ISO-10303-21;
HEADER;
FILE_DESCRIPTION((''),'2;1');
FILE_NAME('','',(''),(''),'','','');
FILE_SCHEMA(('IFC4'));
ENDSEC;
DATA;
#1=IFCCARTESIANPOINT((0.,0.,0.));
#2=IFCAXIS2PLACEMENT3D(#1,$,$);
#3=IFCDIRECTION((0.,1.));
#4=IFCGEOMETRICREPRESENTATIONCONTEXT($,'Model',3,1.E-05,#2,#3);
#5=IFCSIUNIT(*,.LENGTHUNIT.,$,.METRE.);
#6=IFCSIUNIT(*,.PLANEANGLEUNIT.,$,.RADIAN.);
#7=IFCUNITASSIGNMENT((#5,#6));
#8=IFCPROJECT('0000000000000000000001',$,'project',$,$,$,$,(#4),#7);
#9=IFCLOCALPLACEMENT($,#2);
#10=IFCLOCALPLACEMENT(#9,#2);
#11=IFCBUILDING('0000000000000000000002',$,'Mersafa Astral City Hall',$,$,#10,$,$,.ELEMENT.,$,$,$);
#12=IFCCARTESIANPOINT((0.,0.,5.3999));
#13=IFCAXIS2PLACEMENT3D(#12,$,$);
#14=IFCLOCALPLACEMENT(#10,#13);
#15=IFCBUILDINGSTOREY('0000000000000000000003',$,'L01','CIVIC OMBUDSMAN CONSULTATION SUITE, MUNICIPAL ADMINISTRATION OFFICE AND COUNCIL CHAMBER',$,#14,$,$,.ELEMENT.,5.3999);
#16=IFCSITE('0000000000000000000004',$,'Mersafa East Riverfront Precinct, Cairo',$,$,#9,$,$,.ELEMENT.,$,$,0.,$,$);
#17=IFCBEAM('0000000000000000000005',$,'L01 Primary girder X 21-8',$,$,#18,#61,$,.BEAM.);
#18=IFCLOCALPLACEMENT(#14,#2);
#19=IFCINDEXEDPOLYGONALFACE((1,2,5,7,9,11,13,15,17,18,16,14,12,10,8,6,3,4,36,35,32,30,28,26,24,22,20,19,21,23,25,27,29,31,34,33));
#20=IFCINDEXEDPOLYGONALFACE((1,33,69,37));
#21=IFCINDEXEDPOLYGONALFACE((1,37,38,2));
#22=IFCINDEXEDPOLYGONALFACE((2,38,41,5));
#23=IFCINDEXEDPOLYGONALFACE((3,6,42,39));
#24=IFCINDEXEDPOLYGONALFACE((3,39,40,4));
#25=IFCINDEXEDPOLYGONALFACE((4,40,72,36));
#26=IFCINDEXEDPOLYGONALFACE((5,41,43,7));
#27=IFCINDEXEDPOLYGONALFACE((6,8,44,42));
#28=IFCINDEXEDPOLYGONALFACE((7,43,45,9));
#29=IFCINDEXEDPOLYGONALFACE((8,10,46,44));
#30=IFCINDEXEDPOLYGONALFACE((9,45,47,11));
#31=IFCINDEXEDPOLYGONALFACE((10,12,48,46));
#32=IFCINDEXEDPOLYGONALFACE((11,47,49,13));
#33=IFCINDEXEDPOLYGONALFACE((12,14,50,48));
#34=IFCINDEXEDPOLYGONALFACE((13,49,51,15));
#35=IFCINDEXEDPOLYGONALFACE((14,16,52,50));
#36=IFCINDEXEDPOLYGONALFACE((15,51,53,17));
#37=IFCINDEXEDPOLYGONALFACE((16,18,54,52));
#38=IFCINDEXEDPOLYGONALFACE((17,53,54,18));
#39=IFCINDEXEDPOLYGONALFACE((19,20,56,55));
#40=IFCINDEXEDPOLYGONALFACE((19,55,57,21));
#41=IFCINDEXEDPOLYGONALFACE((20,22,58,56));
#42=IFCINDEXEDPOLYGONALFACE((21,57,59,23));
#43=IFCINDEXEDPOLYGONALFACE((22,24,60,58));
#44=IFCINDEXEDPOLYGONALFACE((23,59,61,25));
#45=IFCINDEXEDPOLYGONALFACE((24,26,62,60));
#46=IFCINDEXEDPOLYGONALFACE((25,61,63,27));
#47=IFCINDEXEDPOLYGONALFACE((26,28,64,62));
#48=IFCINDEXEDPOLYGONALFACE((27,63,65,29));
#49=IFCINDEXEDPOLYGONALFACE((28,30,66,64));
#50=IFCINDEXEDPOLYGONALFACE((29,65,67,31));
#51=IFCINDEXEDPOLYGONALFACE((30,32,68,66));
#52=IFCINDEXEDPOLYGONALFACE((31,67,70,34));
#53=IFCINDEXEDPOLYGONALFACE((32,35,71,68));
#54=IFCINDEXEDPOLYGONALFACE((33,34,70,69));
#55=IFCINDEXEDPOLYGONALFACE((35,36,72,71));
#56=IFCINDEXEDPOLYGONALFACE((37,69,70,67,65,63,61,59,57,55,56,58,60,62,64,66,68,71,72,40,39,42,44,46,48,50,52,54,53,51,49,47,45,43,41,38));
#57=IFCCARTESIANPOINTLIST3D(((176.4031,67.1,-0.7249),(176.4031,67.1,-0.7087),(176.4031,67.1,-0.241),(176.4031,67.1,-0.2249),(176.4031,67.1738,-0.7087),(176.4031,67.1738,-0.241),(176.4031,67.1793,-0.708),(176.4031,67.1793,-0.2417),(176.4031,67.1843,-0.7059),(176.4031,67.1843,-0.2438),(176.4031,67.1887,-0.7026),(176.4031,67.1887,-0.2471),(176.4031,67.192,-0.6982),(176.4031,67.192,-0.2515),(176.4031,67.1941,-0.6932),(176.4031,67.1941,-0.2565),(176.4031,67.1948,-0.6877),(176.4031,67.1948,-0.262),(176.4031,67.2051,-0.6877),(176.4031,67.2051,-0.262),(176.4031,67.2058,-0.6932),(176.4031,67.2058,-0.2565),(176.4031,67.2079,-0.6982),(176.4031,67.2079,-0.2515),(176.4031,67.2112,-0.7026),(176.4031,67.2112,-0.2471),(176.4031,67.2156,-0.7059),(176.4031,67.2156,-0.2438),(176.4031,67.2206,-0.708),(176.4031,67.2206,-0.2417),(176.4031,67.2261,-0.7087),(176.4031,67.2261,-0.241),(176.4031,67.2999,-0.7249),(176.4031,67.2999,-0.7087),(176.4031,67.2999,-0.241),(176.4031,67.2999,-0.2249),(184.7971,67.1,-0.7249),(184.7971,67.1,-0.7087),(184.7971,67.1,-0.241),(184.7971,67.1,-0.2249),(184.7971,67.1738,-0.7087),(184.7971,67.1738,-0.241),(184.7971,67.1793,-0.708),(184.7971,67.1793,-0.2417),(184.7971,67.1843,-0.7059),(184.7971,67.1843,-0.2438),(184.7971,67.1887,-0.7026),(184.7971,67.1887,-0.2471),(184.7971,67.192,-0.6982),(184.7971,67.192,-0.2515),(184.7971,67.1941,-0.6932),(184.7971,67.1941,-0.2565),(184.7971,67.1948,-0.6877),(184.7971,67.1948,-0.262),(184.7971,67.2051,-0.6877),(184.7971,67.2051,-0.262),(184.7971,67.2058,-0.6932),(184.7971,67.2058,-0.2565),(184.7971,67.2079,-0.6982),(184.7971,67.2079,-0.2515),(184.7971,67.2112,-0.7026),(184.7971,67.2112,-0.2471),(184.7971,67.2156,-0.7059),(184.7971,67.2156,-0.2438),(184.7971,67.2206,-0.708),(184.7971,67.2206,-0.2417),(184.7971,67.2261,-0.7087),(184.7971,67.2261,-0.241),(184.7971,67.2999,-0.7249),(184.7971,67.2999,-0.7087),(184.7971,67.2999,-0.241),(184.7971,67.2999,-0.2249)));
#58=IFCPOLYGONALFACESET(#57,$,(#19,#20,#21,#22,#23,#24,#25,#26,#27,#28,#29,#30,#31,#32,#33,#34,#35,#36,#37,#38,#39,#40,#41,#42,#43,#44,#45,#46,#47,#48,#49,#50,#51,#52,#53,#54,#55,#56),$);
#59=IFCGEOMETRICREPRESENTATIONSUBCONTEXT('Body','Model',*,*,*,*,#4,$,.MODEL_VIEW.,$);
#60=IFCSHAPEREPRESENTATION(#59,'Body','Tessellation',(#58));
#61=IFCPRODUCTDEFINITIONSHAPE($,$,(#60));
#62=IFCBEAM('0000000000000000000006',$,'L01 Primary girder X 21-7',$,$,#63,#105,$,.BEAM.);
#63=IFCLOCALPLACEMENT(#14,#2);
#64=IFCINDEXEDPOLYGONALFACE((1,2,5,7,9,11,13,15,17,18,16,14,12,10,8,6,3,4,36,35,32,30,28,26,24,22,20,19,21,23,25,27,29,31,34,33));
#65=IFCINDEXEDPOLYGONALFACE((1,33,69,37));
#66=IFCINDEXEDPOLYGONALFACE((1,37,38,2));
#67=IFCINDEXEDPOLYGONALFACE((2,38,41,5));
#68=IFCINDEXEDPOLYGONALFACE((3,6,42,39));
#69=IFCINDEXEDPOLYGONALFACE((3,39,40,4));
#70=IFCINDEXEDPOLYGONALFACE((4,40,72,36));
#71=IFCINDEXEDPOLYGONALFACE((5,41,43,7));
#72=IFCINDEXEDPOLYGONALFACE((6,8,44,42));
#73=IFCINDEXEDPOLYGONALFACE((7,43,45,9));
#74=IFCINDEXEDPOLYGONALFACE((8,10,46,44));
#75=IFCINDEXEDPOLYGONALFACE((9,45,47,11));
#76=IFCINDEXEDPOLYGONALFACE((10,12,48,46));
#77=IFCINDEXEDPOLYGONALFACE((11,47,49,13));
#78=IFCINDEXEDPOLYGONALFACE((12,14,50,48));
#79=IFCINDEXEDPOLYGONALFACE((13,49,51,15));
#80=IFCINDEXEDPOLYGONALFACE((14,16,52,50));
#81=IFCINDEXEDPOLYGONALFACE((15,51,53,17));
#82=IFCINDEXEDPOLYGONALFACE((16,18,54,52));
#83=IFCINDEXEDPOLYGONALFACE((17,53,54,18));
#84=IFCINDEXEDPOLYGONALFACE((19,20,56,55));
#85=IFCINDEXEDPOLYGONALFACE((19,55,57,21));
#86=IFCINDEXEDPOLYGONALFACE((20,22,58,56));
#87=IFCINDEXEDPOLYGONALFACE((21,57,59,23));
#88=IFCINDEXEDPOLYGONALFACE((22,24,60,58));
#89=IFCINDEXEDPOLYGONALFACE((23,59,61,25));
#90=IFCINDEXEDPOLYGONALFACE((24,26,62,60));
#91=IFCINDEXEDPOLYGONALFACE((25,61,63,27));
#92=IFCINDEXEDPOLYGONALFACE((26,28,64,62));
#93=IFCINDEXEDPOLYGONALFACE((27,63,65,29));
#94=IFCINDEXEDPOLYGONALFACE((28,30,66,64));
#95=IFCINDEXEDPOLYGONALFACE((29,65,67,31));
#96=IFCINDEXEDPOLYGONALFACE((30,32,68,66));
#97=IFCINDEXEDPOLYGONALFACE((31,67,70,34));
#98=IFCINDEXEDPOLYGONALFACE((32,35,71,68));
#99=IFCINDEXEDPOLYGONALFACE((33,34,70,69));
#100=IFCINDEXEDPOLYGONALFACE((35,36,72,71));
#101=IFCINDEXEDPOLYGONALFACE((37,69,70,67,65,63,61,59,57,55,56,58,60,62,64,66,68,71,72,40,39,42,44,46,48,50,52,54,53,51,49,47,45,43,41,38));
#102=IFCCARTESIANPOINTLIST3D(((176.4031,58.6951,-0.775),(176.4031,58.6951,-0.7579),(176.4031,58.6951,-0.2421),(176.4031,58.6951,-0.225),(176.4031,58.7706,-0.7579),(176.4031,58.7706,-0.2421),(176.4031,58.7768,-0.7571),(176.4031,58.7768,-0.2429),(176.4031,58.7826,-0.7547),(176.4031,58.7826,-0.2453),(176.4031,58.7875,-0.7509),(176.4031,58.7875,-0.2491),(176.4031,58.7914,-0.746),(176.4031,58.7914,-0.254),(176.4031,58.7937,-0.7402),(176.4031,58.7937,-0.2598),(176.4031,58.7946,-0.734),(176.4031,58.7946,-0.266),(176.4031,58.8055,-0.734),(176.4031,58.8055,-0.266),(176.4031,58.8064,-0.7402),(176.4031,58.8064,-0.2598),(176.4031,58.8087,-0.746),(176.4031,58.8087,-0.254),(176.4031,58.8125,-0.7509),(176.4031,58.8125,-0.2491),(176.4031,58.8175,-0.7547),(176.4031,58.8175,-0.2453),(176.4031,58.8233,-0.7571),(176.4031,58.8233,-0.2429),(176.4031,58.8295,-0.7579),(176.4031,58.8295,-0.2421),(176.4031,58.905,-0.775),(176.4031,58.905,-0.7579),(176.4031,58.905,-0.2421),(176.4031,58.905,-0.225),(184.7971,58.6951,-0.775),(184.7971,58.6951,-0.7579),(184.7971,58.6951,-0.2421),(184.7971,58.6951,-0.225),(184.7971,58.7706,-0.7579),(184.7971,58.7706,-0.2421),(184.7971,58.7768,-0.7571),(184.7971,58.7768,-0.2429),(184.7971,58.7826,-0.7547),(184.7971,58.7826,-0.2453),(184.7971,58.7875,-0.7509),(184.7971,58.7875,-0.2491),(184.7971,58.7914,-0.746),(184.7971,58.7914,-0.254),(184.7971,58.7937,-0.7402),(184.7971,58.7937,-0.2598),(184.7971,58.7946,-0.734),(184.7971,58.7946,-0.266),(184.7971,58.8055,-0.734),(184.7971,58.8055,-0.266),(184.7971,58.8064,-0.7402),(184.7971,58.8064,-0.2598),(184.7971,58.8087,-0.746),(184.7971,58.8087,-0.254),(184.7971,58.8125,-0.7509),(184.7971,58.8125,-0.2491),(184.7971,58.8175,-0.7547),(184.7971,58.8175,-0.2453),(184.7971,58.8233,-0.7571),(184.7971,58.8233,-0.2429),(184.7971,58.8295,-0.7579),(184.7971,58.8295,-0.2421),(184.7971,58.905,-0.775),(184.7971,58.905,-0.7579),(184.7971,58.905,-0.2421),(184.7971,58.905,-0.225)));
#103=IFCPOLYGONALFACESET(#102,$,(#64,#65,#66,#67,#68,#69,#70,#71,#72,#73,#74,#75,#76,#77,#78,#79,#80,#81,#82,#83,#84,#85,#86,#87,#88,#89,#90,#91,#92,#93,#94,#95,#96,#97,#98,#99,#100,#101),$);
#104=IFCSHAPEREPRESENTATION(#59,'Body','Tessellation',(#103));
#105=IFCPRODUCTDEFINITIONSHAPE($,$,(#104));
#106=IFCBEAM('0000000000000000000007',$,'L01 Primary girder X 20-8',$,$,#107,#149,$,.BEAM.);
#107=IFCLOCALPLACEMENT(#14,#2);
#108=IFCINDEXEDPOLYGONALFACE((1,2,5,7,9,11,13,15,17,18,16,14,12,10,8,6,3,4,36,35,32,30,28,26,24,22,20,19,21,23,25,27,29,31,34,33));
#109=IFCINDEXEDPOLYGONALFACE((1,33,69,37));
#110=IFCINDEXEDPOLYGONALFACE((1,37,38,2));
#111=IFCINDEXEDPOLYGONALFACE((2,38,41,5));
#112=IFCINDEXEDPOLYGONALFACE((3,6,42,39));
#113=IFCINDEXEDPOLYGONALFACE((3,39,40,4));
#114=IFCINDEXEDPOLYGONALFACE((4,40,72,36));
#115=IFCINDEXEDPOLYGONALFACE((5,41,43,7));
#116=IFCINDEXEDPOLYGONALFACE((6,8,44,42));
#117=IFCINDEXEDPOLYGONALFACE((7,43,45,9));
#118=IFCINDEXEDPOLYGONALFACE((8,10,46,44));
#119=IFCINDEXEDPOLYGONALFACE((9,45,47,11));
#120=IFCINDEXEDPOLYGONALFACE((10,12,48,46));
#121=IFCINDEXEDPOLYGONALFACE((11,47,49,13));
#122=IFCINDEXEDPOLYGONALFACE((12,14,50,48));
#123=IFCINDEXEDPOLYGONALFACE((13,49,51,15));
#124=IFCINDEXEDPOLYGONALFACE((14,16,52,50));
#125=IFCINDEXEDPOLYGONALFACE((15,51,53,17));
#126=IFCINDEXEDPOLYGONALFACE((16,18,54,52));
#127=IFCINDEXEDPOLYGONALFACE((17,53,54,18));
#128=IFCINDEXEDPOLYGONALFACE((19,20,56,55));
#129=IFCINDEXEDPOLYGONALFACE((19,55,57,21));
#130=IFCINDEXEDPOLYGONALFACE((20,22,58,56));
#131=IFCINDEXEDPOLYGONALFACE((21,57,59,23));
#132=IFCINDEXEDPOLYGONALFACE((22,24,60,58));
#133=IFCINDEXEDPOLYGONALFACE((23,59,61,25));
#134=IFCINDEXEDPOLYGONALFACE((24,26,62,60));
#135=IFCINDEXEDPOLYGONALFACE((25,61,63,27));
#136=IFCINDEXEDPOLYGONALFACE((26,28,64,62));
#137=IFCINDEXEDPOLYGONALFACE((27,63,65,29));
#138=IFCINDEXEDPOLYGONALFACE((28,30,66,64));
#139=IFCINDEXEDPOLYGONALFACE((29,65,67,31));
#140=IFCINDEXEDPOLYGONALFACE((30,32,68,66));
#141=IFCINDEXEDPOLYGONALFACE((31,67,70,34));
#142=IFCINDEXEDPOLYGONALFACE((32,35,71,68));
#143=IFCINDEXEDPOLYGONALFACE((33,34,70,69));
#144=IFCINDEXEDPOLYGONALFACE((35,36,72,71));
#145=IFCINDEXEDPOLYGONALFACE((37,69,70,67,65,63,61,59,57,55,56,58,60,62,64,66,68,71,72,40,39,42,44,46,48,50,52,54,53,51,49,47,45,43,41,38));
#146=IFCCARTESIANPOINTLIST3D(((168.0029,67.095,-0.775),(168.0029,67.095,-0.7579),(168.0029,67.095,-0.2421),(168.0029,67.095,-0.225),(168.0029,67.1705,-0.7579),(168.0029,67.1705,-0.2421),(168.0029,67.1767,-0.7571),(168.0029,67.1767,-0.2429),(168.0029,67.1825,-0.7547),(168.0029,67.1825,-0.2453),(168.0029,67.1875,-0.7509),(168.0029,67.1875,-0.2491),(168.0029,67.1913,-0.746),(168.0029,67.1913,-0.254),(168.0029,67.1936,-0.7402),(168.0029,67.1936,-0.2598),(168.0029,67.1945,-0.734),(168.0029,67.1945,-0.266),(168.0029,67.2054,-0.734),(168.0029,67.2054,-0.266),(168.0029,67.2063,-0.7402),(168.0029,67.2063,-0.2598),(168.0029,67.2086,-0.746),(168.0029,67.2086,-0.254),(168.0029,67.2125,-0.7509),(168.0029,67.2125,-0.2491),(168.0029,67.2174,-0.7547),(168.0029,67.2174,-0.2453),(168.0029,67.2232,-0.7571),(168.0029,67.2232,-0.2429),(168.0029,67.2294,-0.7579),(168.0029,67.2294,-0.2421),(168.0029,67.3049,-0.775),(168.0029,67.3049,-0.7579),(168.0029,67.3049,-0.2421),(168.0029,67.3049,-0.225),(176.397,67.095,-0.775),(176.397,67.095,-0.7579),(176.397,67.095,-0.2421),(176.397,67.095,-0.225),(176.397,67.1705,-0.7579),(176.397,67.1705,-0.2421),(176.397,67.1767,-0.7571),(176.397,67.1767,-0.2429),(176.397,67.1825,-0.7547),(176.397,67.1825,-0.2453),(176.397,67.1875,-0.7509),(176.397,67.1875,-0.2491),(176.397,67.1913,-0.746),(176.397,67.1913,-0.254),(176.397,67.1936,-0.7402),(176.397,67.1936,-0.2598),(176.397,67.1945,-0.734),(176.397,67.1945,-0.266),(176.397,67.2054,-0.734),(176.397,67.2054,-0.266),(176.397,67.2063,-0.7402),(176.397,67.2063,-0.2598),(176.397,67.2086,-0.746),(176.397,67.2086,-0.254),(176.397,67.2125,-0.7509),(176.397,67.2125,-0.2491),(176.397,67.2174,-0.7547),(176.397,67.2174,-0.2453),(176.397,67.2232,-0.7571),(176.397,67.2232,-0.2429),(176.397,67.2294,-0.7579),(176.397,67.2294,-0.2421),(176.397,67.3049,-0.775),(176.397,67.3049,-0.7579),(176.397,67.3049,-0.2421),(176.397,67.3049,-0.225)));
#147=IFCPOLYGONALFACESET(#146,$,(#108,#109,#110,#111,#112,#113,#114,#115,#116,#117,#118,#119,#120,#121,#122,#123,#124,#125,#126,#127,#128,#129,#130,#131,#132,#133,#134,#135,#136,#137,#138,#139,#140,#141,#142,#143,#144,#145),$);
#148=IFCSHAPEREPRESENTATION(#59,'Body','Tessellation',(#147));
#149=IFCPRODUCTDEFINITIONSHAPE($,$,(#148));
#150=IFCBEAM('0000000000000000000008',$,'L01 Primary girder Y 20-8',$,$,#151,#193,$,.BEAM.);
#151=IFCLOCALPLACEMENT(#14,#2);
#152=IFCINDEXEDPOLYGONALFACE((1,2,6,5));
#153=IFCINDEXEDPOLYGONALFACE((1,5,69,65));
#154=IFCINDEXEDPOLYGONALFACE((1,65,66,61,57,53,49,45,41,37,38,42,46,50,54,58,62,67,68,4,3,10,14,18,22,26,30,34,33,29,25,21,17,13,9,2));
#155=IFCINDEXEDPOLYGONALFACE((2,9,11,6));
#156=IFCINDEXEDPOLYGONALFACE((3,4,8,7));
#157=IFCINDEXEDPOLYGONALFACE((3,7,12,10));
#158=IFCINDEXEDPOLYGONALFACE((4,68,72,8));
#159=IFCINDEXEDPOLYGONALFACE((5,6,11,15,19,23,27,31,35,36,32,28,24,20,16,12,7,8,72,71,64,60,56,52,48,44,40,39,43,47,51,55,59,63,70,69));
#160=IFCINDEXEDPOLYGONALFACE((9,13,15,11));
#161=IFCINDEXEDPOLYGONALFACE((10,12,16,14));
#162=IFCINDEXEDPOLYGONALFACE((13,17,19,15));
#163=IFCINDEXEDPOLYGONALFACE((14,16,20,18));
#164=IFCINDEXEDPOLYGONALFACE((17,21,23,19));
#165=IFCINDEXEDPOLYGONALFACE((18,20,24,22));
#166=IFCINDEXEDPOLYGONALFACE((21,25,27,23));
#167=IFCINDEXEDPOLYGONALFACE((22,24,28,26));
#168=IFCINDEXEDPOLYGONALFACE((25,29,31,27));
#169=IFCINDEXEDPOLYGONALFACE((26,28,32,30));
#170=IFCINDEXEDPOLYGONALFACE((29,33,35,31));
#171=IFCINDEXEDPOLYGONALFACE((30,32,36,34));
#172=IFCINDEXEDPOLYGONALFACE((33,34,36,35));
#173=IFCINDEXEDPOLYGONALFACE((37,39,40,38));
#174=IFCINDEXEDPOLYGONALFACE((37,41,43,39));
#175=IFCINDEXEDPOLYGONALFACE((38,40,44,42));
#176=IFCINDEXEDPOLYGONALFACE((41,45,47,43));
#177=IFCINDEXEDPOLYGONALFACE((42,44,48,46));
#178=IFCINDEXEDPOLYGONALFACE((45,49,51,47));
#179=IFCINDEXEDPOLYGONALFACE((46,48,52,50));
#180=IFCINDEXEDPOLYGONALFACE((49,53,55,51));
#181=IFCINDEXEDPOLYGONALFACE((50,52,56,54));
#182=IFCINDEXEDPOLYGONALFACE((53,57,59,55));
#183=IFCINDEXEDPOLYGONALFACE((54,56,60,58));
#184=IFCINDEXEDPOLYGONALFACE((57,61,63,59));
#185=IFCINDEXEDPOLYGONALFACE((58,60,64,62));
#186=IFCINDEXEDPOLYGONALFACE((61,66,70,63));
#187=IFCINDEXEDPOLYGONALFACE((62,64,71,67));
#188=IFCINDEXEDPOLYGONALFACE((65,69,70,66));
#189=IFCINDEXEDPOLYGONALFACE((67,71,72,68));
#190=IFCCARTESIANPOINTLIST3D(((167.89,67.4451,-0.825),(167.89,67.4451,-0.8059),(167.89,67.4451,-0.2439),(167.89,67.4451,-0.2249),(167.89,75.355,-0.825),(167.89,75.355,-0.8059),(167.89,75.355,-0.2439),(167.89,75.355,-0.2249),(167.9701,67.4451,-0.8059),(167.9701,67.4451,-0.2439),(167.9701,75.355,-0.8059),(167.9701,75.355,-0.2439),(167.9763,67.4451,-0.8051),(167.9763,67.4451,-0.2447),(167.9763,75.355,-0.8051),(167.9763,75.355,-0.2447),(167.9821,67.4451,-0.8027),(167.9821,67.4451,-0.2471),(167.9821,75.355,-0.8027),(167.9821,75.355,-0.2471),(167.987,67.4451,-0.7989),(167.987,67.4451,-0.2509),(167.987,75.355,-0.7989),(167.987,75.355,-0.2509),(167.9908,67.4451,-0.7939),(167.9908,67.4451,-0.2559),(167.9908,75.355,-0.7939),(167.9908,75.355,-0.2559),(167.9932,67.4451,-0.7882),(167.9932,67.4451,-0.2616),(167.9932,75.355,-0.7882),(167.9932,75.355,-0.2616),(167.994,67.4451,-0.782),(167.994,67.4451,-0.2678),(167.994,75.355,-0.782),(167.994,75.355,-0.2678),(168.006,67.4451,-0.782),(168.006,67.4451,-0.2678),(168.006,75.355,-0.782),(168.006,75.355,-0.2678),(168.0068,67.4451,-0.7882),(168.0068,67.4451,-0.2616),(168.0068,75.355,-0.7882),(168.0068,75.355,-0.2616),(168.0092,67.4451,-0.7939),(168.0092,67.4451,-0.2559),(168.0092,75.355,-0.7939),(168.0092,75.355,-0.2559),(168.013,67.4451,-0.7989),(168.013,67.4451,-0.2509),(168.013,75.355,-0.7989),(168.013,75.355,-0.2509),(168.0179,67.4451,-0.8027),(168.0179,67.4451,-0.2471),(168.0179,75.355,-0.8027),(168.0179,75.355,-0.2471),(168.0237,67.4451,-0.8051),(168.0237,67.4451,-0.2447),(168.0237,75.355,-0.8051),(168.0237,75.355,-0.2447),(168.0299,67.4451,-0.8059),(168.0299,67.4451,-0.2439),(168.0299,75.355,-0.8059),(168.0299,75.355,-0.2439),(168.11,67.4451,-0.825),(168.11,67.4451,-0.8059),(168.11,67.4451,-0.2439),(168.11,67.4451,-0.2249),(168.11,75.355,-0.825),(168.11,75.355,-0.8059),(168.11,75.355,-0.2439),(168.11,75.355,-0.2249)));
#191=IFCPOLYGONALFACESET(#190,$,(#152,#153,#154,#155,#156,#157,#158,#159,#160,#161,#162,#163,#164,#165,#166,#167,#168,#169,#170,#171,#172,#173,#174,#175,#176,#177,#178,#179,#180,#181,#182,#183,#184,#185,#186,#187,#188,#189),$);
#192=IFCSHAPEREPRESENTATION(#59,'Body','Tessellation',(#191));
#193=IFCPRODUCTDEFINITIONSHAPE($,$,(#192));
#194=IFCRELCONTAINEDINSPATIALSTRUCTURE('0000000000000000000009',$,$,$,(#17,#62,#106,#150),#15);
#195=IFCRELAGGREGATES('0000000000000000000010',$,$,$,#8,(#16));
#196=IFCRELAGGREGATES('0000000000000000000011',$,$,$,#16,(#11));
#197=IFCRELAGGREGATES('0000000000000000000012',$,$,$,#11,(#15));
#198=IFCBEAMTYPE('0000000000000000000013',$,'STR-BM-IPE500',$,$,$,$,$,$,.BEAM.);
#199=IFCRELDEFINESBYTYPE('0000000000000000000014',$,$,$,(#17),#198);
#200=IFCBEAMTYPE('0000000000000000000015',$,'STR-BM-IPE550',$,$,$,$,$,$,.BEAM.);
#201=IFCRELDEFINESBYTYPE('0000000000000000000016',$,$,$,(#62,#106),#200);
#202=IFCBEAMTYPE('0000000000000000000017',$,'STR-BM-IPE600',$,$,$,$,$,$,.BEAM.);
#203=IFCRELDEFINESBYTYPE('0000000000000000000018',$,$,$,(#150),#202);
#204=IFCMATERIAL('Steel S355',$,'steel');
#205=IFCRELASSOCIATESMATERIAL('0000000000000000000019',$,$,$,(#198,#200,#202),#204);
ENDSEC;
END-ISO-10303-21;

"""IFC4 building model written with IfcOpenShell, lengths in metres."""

from ifc_helpers import new_model, si_unit, direction, frame, origin, origin_2d, place, context, subcontext, project, spatial, i_section, extrude, material, material_profile, profile_set, type_object, element, save


model = new_model("IFC4")

# Units and contexts
model_context = context("Model", 3, precision=1e-05, world=origin(), true_north=direction((0.0, 1.0)))
body_context = subcontext(model_context, "Body", "Model", "MODEL_VIEW")
ifc_project = project(units=[si_unit("LENGTHUNIT", "METRE"), si_unit("PLANEANGLEUNIT", "RADIAN")], contexts=[model_context])

# Site, building, storey
site_placement = place(None, origin())
site = spatial("IfcSite", under=ifc_project, at=site_placement, Name="Mersafa East Riverfront Precinct, Cairo", CompositionType="ELEMENT", RefElevation=0.0)
building_placement = place(site_placement, origin())
building = spatial("IfcBuilding", under=site, at=building_placement, Name="Mersafa Astral City Hall", CompositionType="ELEMENT")
storey_placement = place(building_placement, frame((0.0, 0.0, 5.3999)))
storey = spatial("IfcBuildingStorey", under=building, at=storey_placement, Name="L01", Description="CIVIC OMBUDSMAN CONSULTATION SUITE, MUNICIPAL ADMINISTRATION OFFICE AND COUNCIL CHAMBER", CompositionType="ELEMENT", Elevation=5.3999)

# Shared definitions
ifc_material_1 = material(Name="Steel S355", Category="steel")

# Beams
ifc_material_profile_1 = material_profile(ifc_material_1, i_section(OverallWidth=0.2, OverallDepth=0.5, WebThickness=0.0103, FlangeThickness=0.0161, FilletRadius=0.021, at=origin_2d()), Name="IPE 500")
ifc_profile_set_1 = profile_set([ifc_material_profile_1], Name="Steel S355")
beam_type_1 = type_object("IfcBeamType", Name="STR-BM-IPE500", PredefinedType="BEAM", material=ifc_profile_set_1)
beam_1_placement = place(storey_placement, frame((176.4031, 67.2, -0.4749), z_axis=(1.0, 0.0, 0.0), x_axis=(0.0, 1.0, 0.0)))
element("IfcBeam", 1, at=beam_1_placement, inside=storey, type_object=beam_type_1, Name="L01 Primary girder X 21-8", PredefinedType="BEAM", context=body_context, shape_type="SweptSolid", body=[
    extrude(i_section(OverallWidth=0.2, OverallDepth=0.5, WebThickness=0.0103, FlangeThickness=0.0161, FilletRadius=0.021, at=origin_2d()), origin(), (0.0, 0.0, 1.0), 8.394),
])
ifc_material_profile_2 = material_profile(ifc_material_1, i_section(OverallWidth=0.21, OverallDepth=0.55, WebThickness=0.011, FlangeThickness=0.0171, FilletRadius=0.0239, at=origin_2d()), Name="IPE 550")
ifc_profile_set_2 = profile_set([ifc_material_profile_2], Name="Steel S355")
beam_type_2 = type_object("IfcBeamType", Name="STR-BM-IPE550", PredefinedType="BEAM", material=ifc_profile_set_2)
for number, where, z_axis, x_axis, name in (
    (2, (176.4031, 58.8, -0.5), (1.0, 0.0, 0.0), (0.0, 1.0, 0.0), "L01 Primary girder X 21-7"),
    (3, (168.0029, 67.2, -0.5), (1.0, 0.0, 0.0), (0.0, 1.0, 0.0), "L01 Primary girder X 20-8"),
):
    element("IfcBeam", number, at=place(storey_placement, frame(where, z_axis=z_axis, x_axis=x_axis)), inside=storey, type_object=beam_type_2, Name=name, PredefinedType="BEAM", context=body_context, shape_type="SweptSolid", body=[
        extrude(i_section(OverallWidth=0.21, OverallDepth=0.55, WebThickness=0.011, FlangeThickness=0.0171, FilletRadius=0.0239, at=origin_2d()), origin(), (0.0, 0.0, 1.0), 8.394),
    ])
ifc_material_profile_3 = material_profile(ifc_material_1, i_section(OverallWidth=0.22, OverallDepth=0.6001, WebThickness=0.012, FlangeThickness=0.019, FilletRadius=0.0239, at=origin_2d()), Name="IPE 600")
ifc_profile_set_3 = profile_set([ifc_material_profile_3], Name="Steel S355")
beam_type_3 = type_object("IfcBeamType", Name="STR-BM-IPE600", PredefinedType="BEAM", material=ifc_profile_set_3)
beam_2_placement = place(storey_placement, frame((168.0, 67.4451, -0.5249), z_axis=(0.0, 1.0, 0.0), x_axis=(-1.0, 0.0, 0.0)))
element("IfcBeam", 4, at=beam_2_placement, inside=storey, type_object=beam_type_3, Name="L01 Primary girder Y 20-8", PredefinedType="BEAM", context=body_context, shape_type="SweptSolid", body=[
    extrude(i_section(OverallWidth=0.22, OverallDepth=0.6001, WebThickness=0.012, FlangeThickness=0.019, FilletRadius=0.0239, at=origin_2d()), origin(), (0.0, 0.0, 1.0), 7.9099),
])

save(model, "model.ifc")
